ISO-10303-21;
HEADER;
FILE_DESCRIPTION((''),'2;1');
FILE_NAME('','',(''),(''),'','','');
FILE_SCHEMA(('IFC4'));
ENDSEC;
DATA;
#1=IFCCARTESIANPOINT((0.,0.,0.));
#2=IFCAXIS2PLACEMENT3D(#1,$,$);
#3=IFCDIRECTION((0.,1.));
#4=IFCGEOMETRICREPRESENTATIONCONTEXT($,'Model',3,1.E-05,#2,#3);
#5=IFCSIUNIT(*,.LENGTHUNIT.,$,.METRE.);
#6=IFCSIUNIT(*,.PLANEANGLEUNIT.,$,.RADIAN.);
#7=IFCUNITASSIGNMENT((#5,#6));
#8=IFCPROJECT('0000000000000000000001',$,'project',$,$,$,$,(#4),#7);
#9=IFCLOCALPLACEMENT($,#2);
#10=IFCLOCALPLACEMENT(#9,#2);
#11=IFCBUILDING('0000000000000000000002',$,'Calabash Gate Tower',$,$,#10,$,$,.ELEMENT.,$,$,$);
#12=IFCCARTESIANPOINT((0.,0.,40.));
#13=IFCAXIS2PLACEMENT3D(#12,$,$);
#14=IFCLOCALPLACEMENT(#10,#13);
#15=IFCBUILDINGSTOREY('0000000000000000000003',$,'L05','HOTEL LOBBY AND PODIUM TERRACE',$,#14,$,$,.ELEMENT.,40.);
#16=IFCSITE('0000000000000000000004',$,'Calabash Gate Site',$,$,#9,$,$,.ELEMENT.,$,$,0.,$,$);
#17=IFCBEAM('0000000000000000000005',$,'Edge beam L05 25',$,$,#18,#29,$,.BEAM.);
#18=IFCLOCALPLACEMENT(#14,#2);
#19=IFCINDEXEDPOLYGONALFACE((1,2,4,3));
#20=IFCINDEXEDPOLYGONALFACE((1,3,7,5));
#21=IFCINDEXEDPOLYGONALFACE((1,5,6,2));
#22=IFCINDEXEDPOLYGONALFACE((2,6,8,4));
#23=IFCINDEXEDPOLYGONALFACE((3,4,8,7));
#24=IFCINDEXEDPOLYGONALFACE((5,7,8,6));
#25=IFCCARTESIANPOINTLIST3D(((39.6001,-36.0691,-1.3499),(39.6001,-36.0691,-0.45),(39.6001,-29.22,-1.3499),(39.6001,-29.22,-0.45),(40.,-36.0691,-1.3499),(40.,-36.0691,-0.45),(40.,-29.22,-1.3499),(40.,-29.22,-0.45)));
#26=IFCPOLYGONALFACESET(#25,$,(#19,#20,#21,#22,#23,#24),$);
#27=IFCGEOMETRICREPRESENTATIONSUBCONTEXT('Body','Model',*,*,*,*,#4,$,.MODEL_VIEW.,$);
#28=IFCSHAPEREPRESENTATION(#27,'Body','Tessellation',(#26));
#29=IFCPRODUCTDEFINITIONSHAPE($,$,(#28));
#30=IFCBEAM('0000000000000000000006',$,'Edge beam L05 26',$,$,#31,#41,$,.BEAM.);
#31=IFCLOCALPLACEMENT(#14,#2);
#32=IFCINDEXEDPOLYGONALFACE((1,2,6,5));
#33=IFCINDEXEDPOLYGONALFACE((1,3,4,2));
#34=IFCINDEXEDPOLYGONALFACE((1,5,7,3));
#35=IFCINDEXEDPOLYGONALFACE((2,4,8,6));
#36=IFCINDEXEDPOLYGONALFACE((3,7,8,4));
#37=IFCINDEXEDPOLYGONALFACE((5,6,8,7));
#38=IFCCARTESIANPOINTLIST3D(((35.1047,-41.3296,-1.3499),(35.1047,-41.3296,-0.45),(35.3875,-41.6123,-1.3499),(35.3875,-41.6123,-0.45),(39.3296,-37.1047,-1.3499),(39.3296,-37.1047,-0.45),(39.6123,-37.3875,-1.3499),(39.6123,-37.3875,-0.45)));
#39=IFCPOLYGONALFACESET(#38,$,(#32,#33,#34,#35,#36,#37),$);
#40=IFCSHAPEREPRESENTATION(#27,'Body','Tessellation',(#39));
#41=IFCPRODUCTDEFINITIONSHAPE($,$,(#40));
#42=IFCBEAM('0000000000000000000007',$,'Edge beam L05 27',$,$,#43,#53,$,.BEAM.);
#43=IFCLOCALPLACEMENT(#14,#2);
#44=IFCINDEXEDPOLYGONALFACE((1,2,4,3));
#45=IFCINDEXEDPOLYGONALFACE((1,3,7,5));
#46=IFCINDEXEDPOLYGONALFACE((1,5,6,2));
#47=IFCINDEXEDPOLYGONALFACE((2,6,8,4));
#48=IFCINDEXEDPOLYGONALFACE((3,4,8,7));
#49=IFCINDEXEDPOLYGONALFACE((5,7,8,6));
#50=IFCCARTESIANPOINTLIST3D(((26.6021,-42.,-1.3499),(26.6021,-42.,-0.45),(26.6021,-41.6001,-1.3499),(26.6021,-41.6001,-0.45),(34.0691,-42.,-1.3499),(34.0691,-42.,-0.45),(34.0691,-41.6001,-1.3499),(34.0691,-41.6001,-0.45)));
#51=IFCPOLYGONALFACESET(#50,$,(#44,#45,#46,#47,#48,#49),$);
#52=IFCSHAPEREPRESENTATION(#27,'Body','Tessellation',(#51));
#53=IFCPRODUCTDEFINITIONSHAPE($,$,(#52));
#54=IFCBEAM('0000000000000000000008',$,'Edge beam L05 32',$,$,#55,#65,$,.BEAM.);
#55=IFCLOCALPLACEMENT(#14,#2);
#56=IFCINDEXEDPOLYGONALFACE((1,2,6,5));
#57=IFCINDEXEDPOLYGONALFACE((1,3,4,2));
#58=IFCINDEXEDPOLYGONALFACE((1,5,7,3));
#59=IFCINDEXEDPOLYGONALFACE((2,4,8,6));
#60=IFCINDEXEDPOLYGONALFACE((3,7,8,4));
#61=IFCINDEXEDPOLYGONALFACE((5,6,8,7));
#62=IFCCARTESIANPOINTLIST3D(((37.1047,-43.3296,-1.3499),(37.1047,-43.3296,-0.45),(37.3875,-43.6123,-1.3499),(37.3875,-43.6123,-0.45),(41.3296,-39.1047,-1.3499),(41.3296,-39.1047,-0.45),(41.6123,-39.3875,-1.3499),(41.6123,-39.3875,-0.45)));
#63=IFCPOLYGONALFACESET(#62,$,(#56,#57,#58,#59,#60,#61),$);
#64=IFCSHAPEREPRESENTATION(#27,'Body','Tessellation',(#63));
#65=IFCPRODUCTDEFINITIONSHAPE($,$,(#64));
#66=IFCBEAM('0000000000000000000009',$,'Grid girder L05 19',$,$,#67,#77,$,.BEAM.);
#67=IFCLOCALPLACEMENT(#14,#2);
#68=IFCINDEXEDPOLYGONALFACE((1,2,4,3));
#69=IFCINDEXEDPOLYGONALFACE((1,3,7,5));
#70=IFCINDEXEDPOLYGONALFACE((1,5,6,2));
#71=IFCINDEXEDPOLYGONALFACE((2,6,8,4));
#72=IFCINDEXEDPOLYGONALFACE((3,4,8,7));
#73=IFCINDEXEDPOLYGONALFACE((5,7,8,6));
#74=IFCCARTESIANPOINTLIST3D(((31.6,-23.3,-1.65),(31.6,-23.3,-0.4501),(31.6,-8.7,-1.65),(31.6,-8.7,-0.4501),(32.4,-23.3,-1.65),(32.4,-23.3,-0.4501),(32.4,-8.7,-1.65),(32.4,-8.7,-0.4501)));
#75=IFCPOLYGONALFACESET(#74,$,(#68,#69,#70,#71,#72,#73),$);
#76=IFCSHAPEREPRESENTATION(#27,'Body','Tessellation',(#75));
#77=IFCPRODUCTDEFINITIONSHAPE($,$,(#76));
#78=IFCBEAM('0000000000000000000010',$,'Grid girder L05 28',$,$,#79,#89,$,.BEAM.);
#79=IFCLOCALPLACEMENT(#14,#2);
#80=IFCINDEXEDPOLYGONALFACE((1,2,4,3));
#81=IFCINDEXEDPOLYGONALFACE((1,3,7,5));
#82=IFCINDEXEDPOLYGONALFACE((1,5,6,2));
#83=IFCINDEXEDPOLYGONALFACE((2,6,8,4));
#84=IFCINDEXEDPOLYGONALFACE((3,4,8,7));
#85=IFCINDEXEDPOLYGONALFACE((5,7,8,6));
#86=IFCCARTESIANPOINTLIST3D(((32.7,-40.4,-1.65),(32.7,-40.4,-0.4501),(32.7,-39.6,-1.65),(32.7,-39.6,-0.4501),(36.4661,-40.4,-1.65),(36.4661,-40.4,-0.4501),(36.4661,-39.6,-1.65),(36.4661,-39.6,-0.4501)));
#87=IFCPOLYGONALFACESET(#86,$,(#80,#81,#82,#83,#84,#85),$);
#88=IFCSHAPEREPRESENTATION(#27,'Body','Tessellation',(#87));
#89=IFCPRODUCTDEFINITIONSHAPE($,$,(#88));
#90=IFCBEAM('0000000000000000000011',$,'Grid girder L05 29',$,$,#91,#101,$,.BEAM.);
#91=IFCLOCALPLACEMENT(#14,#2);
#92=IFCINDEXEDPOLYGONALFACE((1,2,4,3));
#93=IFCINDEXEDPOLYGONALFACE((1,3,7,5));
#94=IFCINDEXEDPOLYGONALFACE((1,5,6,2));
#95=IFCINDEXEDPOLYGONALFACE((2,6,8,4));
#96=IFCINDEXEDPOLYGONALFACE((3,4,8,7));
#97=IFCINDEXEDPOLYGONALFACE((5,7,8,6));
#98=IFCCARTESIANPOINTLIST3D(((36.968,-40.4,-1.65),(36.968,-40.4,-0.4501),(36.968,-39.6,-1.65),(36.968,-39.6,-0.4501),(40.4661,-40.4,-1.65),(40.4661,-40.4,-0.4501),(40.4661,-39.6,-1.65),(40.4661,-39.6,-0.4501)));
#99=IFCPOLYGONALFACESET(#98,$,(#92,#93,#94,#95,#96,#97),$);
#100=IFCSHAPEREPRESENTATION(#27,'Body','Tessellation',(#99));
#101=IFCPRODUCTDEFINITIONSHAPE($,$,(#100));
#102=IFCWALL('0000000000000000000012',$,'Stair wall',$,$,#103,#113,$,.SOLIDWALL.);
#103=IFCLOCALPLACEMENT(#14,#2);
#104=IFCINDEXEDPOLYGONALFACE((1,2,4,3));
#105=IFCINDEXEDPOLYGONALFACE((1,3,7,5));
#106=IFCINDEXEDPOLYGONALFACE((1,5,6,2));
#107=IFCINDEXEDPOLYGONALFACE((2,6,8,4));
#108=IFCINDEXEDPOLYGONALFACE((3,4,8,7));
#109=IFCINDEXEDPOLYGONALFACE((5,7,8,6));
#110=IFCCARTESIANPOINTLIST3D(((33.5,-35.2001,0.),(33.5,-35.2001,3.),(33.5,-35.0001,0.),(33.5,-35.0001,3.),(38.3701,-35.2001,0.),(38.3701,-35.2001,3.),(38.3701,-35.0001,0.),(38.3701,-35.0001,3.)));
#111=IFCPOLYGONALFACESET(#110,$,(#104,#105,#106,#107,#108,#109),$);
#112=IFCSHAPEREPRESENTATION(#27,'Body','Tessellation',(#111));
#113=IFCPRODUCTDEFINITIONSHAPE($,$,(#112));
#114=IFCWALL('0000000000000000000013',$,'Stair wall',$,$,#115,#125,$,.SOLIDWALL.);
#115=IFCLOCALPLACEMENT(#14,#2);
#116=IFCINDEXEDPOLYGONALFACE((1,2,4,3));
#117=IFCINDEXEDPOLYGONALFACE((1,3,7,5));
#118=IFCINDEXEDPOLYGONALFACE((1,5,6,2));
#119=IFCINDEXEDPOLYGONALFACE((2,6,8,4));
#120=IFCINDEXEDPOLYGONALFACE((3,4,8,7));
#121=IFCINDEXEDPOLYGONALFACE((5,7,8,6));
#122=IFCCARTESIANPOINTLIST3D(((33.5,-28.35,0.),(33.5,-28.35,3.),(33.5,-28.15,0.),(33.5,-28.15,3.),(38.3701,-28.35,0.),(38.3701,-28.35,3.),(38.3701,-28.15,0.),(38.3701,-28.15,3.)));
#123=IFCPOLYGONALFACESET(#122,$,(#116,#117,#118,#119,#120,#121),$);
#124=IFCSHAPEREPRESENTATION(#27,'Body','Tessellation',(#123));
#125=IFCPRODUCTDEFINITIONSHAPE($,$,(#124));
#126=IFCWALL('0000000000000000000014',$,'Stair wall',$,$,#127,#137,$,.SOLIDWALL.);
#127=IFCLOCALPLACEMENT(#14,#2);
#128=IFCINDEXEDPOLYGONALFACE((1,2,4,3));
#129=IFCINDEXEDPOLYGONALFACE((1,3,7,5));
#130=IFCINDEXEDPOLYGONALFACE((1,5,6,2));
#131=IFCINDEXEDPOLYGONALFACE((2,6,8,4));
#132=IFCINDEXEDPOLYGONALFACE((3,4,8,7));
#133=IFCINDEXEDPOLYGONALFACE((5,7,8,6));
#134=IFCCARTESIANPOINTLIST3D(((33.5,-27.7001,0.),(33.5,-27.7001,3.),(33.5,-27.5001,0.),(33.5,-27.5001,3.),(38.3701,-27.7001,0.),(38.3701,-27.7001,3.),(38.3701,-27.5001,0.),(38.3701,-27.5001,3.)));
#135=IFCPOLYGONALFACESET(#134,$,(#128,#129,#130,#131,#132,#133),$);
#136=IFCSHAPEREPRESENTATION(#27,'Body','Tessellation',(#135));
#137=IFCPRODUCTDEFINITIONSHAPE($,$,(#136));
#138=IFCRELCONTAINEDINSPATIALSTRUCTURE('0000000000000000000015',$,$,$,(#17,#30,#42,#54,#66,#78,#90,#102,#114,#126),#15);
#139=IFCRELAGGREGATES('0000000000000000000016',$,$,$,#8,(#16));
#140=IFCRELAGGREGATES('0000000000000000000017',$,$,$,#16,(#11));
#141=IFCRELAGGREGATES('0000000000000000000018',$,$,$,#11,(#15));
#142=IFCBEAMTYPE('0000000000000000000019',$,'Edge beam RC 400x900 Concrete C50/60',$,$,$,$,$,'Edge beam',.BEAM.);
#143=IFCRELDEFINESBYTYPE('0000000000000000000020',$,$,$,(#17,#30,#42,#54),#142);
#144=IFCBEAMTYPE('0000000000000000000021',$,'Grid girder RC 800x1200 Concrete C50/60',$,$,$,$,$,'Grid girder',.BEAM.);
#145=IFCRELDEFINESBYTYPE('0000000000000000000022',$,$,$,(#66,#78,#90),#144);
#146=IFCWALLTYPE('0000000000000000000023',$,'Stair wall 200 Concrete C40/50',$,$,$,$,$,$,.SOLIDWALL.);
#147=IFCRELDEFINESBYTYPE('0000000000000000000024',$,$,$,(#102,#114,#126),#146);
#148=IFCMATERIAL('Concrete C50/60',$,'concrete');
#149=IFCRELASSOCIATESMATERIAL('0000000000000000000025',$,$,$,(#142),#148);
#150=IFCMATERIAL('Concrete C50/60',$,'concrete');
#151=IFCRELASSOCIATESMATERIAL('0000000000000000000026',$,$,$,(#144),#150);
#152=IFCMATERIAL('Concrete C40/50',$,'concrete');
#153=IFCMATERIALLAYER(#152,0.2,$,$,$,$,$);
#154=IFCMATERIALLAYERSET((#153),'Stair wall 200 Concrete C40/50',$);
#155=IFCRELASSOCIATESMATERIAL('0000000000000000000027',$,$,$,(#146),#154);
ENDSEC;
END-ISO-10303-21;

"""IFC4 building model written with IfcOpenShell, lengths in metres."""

from ifc_helpers import new_model, si_unit, direction, frame, frame_2d, origin, origin_2d, place, context, subcontext, project, spatial, rectangle, extrude, material, layer, layer_set, material_profile, profile_set, type_object, element, save


model = new_model("IFC4")

# Units and contexts
model_context = context("Model", 3, precision=1e-05, world=origin(), true_north=direction((0.0, 1.0)))
body_context = subcontext(model_context, "Body", "Model", "MODEL_VIEW")
ifc_project = project(units=[si_unit("LENGTHUNIT", "METRE"), si_unit("PLANEANGLEUNIT", "RADIAN")], contexts=[model_context])

# Site, building, storey
site_placement = place(None, origin())
site = spatial("IfcSite", under=ifc_project, at=site_placement, Name="Calabash Gate Site", CompositionType="ELEMENT", RefElevation=0.0)
building_placement = place(site_placement, origin())
building = spatial("IfcBuilding", under=site, at=building_placement, Name="Calabash Gate Tower", CompositionType="ELEMENT")
storey_placement = place(building_placement, frame((0.0, 0.0, 40.0)))
storey = spatial("IfcBuildingStorey", under=building, at=storey_placement, Name="L05", Description="HOTEL LOBBY AND PODIUM TERRACE", CompositionType="ELEMENT", Elevation=40.0)

# Beams
ifc_material_1 = material(Name="Concrete C50/60", Category="concrete")
ifc_material_profile_1 = material_profile(ifc_material_1, rectangle(XDim=0.3999, YDim=0.8999, at=origin_2d()))
ifc_profile_set_1 = profile_set([ifc_material_profile_1], Name="Concrete C50/60")
beam_type_1 = type_object("IfcBeamType", Name="Edge beam RC 400x900 Concrete C50/60", ElementType="Edge beam", PredefinedType="BEAM", material=ifc_profile_set_1)
beam_1_placement = place(storey_placement, frame((39.8, -29.22, -0.8999), z_axis=(0.0, -1.0, 0.0), x_axis=(1.0, 0.0, 0.0)))
element("IfcBeam", 1, at=beam_1_placement, inside=storey, type_object=beam_type_1, Name="Edge beam L05 25", PredefinedType="BEAM", context=body_context, shape_type="SweptSolid", body=[
    extrude(rectangle(XDim=0.3999, YDim=0.8999, at=origin_2d()), origin(), (0.0, 0.0, 1.0), 6.8491),
])
beam_2_placement = place(storey_placement, frame((39.4709, -37.2461, -0.8999), z_axis=(-0.707107, -0.707107, 0.0), x_axis=(0.707107, -0.707107, 0.0)))
element("IfcBeam", 2, at=beam_2_placement, inside=storey, type_object=beam_type_1, Name="Edge beam L05 26", PredefinedType="BEAM", context=body_context, shape_type="SweptSolid", body=[
    extrude(rectangle(XDim=0.3999, YDim=0.8999, at=origin_2d()), origin(), (0.0, 0.0, 1.0), 5.9749),
])
beam_3_placement = place(storey_placement, frame((34.0691, -41.8, -0.8999), z_axis=(-1.0, 0.0, 0.0), x_axis=(0.0, -1.0, 0.0)))
element("IfcBeam", 3, at=beam_3_placement, inside=storey, type_object=beam_type_1, Name="Edge beam L05 27", PredefinedType="BEAM", context=body_context, shape_type="SweptSolid", body=[
    extrude(rectangle(XDim=0.3999, YDim=0.8999, at=origin_2d()), origin(), (0.0, 0.0, 1.0), 7.467),
])
beam_4_placement = place(storey_placement, frame((41.4709, -39.2461, -0.8999), z_axis=(-0.707107, -0.707107, 0.0), x_axis=(0.707107, -0.707107, 0.0)))
element("IfcBeam", 4, at=beam_4_placement, inside=storey, type_object=beam_type_1, Name="Edge beam L05 32", PredefinedType="BEAM", context=body_context, shape_type="SweptSolid", body=[
    extrude(rectangle(XDim=0.3999, YDim=0.8999, at=origin_2d()), origin(), (0.0, 0.0, 1.0), 5.9749),
])
ifc_material_2 = material(Name="Concrete C50/60", Category="concrete")
ifc_material_profile_2 = material_profile(ifc_material_2, rectangle(XDim=0.8, YDim=1.2, at=origin_2d()))
ifc_profile_set_2 = profile_set([ifc_material_profile_2], Name="Concrete C50/60")
beam_type_2 = type_object("IfcBeamType", Name="Grid girder RC 800x1200 Concrete C50/60", ElementType="Grid girder", PredefinedType="BEAM", material=ifc_profile_set_2)
beam_5_placement = place(storey_placement, frame((32.0, -23.3, -1.05), z_axis=(0.0, 1.0, 0.0), x_axis=(-1.0, 0.0, 0.0)))
element("IfcBeam", 5, at=beam_5_placement, inside=storey, type_object=beam_type_2, Name="Grid girder L05 19", PredefinedType="BEAM", context=body_context, shape_type="SweptSolid", body=[
    extrude(rectangle(XDim=0.8, YDim=1.2, at=origin_2d()), origin(), (0.0, 0.0, 1.0), 14.6001),
])
beam_6_placement = place(storey_placement, frame((32.7, -40.0, -1.05), z_axis=(1.0, 0.0, 0.0), x_axis=(0.0, 1.0, 0.0)))
element("IfcBeam", 6, at=beam_6_placement, inside=storey, type_object=beam_type_2, Name="Grid girder L05 28", PredefinedType="BEAM", context=body_context, shape_type="SweptSolid", body=[
    extrude(rectangle(XDim=0.8, YDim=1.2, at=origin_2d()), origin(), (0.0, 0.0, 1.0), 3.7661),
])
beam_7_placement = place(storey_placement, frame((36.968, -40.0, -1.05), z_axis=(1.0, 0.0, 0.0), x_axis=(0.0, 1.0, 0.0)))
element("IfcBeam", 7, at=beam_7_placement, inside=storey, type_object=beam_type_2, Name="Grid girder L05 29", PredefinedType="BEAM", context=body_context, shape_type="SweptSolid", body=[
    extrude(rectangle(XDim=0.8, YDim=1.2, at=origin_2d()), origin(), (0.0, 0.0, 1.0), 3.498),
])

# Walls
ifc_material_3 = material(Name="Concrete C40/50", Category="concrete")
ifc_layer = layer(ifc_material_3, 0.2)
ifc_layer_set = layer_set([ifc_layer], Name="Stair wall 200 Concrete C40/50")
wall_type = type_object("IfcWallType", Name="Stair wall 200 Concrete C40/50", PredefinedType="SOLIDWALL", material=ifc_layer_set)
for number, where, z_axis, x_axis, name in (
    (8, (33.5, -35.1001, 0.0), (0.0, 0.0, 1.0), (1.0, 0.0, 0.0), "Stair wall"),
    (9, (33.5, -28.25, 0.0), (0.0, 0.0, 1.0), (1.0, 0.0, 0.0), "Stair wall"),
):
    element("IfcWall", number, at=place(storey_placement, frame(where, z_axis=z_axis, x_axis=x_axis)), inside=storey, type_object=wall_type, Name=name, PredefinedType="SOLIDWALL", context=body_context, shape_type="SweptSolid", body=[
        extrude(rectangle(XDim=4.8701, YDim=0.2, at=frame_2d((2.4351, 0.0))), origin(), (0.0, 0.0, 1.0), 3.0),
    ])

# Wall
wall_1_placement = place(storey_placement, frame((33.5, -27.6001, 0.0), z_axis=(0.0, 0.0, 1.0), x_axis=(1.0, 0.0, 0.0)))
element("IfcWall", 10, at=wall_1_placement, inside=storey, type_object=wall_type, Name="Stair wall", PredefinedType="SOLIDWALL", context=body_context, shape_type="SweptSolid", body=[
    extrude(rectangle(XDim=4.8701, YDim=0.2, at=frame_2d((2.4351, 0.0))), origin(), (0.0, 0.0, 1.0), 3.0),
])

save(model, "model.ifc")
